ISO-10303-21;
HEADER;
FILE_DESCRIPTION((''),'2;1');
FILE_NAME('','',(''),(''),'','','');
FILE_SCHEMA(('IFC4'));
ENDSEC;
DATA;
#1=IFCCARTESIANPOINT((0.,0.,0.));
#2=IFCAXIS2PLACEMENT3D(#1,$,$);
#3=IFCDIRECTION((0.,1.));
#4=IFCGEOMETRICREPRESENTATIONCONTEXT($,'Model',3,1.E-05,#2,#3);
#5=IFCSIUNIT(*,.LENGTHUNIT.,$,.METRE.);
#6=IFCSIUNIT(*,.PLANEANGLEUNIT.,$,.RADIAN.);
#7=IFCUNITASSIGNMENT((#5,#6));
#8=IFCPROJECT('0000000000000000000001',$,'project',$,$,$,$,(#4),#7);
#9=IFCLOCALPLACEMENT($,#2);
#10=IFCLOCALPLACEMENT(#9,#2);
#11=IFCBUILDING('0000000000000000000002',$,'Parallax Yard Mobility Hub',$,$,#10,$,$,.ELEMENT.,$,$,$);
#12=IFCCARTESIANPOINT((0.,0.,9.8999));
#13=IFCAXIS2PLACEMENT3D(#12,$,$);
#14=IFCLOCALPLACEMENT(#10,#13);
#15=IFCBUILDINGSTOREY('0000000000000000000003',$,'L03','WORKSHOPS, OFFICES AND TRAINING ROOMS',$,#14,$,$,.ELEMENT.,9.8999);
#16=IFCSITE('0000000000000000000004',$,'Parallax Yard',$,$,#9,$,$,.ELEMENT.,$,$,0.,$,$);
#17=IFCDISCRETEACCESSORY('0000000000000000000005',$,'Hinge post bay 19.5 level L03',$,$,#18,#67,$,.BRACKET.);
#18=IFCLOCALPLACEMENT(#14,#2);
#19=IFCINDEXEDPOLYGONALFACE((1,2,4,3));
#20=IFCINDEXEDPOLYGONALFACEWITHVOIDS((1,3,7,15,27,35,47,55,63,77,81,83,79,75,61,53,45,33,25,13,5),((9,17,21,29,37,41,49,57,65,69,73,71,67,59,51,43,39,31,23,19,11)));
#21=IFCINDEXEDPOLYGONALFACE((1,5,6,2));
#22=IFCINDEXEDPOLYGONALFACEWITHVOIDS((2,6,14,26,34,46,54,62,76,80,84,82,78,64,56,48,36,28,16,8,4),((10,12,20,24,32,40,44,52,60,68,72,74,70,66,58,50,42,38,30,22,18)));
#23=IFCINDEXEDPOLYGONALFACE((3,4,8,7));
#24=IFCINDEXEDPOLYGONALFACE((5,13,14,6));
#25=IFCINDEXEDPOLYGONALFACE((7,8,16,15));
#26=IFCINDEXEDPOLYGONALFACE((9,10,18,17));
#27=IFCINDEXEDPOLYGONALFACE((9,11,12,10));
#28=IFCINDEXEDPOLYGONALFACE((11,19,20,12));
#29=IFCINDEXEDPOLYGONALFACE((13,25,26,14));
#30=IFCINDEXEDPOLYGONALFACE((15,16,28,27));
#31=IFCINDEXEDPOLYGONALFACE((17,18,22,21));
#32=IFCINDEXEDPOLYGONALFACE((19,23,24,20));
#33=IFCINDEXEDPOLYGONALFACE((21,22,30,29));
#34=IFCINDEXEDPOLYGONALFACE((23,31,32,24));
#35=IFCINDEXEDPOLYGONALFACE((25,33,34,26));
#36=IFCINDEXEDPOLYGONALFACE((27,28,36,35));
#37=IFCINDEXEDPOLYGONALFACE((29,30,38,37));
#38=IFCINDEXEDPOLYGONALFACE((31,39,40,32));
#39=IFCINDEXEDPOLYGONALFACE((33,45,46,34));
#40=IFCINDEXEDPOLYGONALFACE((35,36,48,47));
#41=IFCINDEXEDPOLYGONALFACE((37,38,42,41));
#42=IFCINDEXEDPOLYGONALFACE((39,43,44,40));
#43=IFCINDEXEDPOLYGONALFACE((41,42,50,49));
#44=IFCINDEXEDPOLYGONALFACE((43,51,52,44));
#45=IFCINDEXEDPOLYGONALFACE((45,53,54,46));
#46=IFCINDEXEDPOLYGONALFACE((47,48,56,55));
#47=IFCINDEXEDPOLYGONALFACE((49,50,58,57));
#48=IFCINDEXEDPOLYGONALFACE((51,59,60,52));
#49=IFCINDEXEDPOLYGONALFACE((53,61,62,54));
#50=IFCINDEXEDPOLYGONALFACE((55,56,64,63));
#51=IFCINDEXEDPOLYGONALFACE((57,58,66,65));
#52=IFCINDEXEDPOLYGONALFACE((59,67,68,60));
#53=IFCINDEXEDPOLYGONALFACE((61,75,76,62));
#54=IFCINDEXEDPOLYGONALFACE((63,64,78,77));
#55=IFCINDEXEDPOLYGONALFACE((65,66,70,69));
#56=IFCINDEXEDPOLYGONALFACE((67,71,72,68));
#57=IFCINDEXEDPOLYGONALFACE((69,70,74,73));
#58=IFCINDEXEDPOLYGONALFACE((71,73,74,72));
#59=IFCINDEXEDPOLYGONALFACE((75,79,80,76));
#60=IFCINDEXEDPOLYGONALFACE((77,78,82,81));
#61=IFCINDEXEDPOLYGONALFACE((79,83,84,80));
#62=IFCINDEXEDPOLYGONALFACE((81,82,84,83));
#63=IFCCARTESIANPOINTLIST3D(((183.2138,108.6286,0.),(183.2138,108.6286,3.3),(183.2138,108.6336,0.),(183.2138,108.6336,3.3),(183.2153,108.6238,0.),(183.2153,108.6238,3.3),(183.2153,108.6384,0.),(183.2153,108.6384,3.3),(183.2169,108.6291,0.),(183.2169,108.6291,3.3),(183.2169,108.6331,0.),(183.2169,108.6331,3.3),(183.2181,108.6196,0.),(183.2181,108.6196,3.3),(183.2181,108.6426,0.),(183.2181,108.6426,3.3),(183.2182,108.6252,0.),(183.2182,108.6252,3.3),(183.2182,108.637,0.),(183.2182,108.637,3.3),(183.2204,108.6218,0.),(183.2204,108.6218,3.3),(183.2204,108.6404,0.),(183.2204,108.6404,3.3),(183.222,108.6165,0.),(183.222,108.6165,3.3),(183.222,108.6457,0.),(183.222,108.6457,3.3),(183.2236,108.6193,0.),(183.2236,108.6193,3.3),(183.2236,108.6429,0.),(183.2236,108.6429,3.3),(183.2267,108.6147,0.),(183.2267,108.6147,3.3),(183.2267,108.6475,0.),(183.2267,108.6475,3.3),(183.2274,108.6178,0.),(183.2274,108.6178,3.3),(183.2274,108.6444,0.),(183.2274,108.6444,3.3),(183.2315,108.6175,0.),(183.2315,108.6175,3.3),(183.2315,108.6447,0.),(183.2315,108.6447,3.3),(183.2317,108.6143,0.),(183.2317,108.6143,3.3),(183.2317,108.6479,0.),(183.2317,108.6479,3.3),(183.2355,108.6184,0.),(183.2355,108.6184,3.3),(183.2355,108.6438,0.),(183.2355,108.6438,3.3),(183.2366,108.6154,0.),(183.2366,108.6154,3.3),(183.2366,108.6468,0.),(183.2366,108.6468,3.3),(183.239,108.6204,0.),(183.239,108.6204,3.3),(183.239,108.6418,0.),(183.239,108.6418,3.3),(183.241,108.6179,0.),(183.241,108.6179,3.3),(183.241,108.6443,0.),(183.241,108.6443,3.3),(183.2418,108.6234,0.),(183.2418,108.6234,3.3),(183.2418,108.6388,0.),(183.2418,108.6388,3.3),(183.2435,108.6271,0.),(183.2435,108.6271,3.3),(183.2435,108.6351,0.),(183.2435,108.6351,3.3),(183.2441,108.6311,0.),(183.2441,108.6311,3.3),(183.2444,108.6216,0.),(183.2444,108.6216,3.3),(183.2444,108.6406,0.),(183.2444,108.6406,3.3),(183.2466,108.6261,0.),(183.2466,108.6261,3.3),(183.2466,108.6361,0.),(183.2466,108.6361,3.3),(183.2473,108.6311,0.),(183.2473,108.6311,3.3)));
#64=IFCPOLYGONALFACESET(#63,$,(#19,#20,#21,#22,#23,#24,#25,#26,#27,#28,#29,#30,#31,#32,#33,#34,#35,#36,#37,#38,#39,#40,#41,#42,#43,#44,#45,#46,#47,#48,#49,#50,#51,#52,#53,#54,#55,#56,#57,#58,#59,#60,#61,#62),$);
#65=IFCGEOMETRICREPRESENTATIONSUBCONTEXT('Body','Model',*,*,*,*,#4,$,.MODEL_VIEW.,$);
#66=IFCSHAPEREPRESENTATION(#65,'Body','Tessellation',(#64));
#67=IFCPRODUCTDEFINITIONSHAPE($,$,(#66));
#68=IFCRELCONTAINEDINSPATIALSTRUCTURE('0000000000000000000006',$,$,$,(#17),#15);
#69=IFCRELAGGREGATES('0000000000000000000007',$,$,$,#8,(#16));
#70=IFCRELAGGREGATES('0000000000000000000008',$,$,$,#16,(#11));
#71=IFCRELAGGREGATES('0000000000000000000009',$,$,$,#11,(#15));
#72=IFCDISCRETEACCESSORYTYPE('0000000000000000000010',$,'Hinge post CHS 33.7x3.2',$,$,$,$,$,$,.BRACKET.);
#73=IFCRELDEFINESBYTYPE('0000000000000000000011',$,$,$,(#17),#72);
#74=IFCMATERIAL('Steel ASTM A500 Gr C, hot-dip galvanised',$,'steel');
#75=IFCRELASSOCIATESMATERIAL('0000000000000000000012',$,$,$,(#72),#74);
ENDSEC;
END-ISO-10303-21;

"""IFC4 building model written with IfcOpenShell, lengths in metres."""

from ifc_helpers import new_model, si_unit, direction, frame, origin, origin_2d, place, context, subcontext, project, spatial, hollow_circle, extrude, material, material_profile, profile_set, type_object, element, save


model = new_model("IFC4")

# Units and contexts
model_context = context("Model", 3, precision=1e-05, world=origin(), true_north=direction((0.0, 1.0)))
body_context = subcontext(model_context, "Body", "Model", "MODEL_VIEW")
ifc_project = project(units=[si_unit("LENGTHUNIT", "METRE"), si_unit("PLANEANGLEUNIT", "RADIAN")], contexts=[model_context])

# Site, building, storey
site_placement = place(None, origin())
site = spatial("IfcSite", under=ifc_project, at=site_placement, Name="Parallax Yard", CompositionType="ELEMENT", RefElevation=0.0)
building_placement = place(site_placement, origin())
building = spatial("IfcBuilding", under=site, at=building_placement, Name="Parallax Yard Mobility Hub", CompositionType="ELEMENT")
storey_placement = place(building_placement, frame((0.0, 0.0, 9.8999)))
storey = spatial("IfcBuildingStorey", under=building, at=storey_placement, Name="L03", Description="WORKSHOPS, OFFICES AND TRAINING ROOMS", CompositionType="ELEMENT", Elevation=9.8999)

# Discrete accessory
ifc_material_1 = material(Name="Steel ASTM A500 Gr C, hot-dip galvanised", Category="steel")
ifc_material_profile_1 = material_profile(ifc_material_1, hollow_circle(Radius=0.0168, WallThickness=0.0032, at=origin_2d()), Name="CHS 33.7x3.2")
ifc_profile_set_1 = profile_set([ifc_material_profile_1], Name="Steel ASTM A500 Gr C, hot-dip galvanised")
discrete_accessory_type_1 = type_object("IfcDiscreteAccessoryType", Name="Hinge post CHS 33.7x3.2", PredefinedType="BRACKET", material=ifc_profile_set_1)
for number, where, z_axis, x_axis, name in (
    (1, (183.2305, 108.6311, 0.0), (0.0, 0.0, 1.0), (1.0, 0.0, 0.0), "Hinge post bay 19.5 level L03"),
):
    element("IfcDiscreteAccessory", number, at=place(storey_placement, frame(where, z_axis=z_axis, x_axis=x_axis)), inside=storey, type_object=discrete_accessory_type_1, Name=name, PredefinedType="BRACKET", context=body_context, shape_type="SweptSolid", body=[
        extrude(hollow_circle(Radius=0.0168, WallThickness=0.0032, at=origin_2d()), origin(), (0.0, 0.0, 1.0), 3.3),
    ])

save(model, "model.ifc")
